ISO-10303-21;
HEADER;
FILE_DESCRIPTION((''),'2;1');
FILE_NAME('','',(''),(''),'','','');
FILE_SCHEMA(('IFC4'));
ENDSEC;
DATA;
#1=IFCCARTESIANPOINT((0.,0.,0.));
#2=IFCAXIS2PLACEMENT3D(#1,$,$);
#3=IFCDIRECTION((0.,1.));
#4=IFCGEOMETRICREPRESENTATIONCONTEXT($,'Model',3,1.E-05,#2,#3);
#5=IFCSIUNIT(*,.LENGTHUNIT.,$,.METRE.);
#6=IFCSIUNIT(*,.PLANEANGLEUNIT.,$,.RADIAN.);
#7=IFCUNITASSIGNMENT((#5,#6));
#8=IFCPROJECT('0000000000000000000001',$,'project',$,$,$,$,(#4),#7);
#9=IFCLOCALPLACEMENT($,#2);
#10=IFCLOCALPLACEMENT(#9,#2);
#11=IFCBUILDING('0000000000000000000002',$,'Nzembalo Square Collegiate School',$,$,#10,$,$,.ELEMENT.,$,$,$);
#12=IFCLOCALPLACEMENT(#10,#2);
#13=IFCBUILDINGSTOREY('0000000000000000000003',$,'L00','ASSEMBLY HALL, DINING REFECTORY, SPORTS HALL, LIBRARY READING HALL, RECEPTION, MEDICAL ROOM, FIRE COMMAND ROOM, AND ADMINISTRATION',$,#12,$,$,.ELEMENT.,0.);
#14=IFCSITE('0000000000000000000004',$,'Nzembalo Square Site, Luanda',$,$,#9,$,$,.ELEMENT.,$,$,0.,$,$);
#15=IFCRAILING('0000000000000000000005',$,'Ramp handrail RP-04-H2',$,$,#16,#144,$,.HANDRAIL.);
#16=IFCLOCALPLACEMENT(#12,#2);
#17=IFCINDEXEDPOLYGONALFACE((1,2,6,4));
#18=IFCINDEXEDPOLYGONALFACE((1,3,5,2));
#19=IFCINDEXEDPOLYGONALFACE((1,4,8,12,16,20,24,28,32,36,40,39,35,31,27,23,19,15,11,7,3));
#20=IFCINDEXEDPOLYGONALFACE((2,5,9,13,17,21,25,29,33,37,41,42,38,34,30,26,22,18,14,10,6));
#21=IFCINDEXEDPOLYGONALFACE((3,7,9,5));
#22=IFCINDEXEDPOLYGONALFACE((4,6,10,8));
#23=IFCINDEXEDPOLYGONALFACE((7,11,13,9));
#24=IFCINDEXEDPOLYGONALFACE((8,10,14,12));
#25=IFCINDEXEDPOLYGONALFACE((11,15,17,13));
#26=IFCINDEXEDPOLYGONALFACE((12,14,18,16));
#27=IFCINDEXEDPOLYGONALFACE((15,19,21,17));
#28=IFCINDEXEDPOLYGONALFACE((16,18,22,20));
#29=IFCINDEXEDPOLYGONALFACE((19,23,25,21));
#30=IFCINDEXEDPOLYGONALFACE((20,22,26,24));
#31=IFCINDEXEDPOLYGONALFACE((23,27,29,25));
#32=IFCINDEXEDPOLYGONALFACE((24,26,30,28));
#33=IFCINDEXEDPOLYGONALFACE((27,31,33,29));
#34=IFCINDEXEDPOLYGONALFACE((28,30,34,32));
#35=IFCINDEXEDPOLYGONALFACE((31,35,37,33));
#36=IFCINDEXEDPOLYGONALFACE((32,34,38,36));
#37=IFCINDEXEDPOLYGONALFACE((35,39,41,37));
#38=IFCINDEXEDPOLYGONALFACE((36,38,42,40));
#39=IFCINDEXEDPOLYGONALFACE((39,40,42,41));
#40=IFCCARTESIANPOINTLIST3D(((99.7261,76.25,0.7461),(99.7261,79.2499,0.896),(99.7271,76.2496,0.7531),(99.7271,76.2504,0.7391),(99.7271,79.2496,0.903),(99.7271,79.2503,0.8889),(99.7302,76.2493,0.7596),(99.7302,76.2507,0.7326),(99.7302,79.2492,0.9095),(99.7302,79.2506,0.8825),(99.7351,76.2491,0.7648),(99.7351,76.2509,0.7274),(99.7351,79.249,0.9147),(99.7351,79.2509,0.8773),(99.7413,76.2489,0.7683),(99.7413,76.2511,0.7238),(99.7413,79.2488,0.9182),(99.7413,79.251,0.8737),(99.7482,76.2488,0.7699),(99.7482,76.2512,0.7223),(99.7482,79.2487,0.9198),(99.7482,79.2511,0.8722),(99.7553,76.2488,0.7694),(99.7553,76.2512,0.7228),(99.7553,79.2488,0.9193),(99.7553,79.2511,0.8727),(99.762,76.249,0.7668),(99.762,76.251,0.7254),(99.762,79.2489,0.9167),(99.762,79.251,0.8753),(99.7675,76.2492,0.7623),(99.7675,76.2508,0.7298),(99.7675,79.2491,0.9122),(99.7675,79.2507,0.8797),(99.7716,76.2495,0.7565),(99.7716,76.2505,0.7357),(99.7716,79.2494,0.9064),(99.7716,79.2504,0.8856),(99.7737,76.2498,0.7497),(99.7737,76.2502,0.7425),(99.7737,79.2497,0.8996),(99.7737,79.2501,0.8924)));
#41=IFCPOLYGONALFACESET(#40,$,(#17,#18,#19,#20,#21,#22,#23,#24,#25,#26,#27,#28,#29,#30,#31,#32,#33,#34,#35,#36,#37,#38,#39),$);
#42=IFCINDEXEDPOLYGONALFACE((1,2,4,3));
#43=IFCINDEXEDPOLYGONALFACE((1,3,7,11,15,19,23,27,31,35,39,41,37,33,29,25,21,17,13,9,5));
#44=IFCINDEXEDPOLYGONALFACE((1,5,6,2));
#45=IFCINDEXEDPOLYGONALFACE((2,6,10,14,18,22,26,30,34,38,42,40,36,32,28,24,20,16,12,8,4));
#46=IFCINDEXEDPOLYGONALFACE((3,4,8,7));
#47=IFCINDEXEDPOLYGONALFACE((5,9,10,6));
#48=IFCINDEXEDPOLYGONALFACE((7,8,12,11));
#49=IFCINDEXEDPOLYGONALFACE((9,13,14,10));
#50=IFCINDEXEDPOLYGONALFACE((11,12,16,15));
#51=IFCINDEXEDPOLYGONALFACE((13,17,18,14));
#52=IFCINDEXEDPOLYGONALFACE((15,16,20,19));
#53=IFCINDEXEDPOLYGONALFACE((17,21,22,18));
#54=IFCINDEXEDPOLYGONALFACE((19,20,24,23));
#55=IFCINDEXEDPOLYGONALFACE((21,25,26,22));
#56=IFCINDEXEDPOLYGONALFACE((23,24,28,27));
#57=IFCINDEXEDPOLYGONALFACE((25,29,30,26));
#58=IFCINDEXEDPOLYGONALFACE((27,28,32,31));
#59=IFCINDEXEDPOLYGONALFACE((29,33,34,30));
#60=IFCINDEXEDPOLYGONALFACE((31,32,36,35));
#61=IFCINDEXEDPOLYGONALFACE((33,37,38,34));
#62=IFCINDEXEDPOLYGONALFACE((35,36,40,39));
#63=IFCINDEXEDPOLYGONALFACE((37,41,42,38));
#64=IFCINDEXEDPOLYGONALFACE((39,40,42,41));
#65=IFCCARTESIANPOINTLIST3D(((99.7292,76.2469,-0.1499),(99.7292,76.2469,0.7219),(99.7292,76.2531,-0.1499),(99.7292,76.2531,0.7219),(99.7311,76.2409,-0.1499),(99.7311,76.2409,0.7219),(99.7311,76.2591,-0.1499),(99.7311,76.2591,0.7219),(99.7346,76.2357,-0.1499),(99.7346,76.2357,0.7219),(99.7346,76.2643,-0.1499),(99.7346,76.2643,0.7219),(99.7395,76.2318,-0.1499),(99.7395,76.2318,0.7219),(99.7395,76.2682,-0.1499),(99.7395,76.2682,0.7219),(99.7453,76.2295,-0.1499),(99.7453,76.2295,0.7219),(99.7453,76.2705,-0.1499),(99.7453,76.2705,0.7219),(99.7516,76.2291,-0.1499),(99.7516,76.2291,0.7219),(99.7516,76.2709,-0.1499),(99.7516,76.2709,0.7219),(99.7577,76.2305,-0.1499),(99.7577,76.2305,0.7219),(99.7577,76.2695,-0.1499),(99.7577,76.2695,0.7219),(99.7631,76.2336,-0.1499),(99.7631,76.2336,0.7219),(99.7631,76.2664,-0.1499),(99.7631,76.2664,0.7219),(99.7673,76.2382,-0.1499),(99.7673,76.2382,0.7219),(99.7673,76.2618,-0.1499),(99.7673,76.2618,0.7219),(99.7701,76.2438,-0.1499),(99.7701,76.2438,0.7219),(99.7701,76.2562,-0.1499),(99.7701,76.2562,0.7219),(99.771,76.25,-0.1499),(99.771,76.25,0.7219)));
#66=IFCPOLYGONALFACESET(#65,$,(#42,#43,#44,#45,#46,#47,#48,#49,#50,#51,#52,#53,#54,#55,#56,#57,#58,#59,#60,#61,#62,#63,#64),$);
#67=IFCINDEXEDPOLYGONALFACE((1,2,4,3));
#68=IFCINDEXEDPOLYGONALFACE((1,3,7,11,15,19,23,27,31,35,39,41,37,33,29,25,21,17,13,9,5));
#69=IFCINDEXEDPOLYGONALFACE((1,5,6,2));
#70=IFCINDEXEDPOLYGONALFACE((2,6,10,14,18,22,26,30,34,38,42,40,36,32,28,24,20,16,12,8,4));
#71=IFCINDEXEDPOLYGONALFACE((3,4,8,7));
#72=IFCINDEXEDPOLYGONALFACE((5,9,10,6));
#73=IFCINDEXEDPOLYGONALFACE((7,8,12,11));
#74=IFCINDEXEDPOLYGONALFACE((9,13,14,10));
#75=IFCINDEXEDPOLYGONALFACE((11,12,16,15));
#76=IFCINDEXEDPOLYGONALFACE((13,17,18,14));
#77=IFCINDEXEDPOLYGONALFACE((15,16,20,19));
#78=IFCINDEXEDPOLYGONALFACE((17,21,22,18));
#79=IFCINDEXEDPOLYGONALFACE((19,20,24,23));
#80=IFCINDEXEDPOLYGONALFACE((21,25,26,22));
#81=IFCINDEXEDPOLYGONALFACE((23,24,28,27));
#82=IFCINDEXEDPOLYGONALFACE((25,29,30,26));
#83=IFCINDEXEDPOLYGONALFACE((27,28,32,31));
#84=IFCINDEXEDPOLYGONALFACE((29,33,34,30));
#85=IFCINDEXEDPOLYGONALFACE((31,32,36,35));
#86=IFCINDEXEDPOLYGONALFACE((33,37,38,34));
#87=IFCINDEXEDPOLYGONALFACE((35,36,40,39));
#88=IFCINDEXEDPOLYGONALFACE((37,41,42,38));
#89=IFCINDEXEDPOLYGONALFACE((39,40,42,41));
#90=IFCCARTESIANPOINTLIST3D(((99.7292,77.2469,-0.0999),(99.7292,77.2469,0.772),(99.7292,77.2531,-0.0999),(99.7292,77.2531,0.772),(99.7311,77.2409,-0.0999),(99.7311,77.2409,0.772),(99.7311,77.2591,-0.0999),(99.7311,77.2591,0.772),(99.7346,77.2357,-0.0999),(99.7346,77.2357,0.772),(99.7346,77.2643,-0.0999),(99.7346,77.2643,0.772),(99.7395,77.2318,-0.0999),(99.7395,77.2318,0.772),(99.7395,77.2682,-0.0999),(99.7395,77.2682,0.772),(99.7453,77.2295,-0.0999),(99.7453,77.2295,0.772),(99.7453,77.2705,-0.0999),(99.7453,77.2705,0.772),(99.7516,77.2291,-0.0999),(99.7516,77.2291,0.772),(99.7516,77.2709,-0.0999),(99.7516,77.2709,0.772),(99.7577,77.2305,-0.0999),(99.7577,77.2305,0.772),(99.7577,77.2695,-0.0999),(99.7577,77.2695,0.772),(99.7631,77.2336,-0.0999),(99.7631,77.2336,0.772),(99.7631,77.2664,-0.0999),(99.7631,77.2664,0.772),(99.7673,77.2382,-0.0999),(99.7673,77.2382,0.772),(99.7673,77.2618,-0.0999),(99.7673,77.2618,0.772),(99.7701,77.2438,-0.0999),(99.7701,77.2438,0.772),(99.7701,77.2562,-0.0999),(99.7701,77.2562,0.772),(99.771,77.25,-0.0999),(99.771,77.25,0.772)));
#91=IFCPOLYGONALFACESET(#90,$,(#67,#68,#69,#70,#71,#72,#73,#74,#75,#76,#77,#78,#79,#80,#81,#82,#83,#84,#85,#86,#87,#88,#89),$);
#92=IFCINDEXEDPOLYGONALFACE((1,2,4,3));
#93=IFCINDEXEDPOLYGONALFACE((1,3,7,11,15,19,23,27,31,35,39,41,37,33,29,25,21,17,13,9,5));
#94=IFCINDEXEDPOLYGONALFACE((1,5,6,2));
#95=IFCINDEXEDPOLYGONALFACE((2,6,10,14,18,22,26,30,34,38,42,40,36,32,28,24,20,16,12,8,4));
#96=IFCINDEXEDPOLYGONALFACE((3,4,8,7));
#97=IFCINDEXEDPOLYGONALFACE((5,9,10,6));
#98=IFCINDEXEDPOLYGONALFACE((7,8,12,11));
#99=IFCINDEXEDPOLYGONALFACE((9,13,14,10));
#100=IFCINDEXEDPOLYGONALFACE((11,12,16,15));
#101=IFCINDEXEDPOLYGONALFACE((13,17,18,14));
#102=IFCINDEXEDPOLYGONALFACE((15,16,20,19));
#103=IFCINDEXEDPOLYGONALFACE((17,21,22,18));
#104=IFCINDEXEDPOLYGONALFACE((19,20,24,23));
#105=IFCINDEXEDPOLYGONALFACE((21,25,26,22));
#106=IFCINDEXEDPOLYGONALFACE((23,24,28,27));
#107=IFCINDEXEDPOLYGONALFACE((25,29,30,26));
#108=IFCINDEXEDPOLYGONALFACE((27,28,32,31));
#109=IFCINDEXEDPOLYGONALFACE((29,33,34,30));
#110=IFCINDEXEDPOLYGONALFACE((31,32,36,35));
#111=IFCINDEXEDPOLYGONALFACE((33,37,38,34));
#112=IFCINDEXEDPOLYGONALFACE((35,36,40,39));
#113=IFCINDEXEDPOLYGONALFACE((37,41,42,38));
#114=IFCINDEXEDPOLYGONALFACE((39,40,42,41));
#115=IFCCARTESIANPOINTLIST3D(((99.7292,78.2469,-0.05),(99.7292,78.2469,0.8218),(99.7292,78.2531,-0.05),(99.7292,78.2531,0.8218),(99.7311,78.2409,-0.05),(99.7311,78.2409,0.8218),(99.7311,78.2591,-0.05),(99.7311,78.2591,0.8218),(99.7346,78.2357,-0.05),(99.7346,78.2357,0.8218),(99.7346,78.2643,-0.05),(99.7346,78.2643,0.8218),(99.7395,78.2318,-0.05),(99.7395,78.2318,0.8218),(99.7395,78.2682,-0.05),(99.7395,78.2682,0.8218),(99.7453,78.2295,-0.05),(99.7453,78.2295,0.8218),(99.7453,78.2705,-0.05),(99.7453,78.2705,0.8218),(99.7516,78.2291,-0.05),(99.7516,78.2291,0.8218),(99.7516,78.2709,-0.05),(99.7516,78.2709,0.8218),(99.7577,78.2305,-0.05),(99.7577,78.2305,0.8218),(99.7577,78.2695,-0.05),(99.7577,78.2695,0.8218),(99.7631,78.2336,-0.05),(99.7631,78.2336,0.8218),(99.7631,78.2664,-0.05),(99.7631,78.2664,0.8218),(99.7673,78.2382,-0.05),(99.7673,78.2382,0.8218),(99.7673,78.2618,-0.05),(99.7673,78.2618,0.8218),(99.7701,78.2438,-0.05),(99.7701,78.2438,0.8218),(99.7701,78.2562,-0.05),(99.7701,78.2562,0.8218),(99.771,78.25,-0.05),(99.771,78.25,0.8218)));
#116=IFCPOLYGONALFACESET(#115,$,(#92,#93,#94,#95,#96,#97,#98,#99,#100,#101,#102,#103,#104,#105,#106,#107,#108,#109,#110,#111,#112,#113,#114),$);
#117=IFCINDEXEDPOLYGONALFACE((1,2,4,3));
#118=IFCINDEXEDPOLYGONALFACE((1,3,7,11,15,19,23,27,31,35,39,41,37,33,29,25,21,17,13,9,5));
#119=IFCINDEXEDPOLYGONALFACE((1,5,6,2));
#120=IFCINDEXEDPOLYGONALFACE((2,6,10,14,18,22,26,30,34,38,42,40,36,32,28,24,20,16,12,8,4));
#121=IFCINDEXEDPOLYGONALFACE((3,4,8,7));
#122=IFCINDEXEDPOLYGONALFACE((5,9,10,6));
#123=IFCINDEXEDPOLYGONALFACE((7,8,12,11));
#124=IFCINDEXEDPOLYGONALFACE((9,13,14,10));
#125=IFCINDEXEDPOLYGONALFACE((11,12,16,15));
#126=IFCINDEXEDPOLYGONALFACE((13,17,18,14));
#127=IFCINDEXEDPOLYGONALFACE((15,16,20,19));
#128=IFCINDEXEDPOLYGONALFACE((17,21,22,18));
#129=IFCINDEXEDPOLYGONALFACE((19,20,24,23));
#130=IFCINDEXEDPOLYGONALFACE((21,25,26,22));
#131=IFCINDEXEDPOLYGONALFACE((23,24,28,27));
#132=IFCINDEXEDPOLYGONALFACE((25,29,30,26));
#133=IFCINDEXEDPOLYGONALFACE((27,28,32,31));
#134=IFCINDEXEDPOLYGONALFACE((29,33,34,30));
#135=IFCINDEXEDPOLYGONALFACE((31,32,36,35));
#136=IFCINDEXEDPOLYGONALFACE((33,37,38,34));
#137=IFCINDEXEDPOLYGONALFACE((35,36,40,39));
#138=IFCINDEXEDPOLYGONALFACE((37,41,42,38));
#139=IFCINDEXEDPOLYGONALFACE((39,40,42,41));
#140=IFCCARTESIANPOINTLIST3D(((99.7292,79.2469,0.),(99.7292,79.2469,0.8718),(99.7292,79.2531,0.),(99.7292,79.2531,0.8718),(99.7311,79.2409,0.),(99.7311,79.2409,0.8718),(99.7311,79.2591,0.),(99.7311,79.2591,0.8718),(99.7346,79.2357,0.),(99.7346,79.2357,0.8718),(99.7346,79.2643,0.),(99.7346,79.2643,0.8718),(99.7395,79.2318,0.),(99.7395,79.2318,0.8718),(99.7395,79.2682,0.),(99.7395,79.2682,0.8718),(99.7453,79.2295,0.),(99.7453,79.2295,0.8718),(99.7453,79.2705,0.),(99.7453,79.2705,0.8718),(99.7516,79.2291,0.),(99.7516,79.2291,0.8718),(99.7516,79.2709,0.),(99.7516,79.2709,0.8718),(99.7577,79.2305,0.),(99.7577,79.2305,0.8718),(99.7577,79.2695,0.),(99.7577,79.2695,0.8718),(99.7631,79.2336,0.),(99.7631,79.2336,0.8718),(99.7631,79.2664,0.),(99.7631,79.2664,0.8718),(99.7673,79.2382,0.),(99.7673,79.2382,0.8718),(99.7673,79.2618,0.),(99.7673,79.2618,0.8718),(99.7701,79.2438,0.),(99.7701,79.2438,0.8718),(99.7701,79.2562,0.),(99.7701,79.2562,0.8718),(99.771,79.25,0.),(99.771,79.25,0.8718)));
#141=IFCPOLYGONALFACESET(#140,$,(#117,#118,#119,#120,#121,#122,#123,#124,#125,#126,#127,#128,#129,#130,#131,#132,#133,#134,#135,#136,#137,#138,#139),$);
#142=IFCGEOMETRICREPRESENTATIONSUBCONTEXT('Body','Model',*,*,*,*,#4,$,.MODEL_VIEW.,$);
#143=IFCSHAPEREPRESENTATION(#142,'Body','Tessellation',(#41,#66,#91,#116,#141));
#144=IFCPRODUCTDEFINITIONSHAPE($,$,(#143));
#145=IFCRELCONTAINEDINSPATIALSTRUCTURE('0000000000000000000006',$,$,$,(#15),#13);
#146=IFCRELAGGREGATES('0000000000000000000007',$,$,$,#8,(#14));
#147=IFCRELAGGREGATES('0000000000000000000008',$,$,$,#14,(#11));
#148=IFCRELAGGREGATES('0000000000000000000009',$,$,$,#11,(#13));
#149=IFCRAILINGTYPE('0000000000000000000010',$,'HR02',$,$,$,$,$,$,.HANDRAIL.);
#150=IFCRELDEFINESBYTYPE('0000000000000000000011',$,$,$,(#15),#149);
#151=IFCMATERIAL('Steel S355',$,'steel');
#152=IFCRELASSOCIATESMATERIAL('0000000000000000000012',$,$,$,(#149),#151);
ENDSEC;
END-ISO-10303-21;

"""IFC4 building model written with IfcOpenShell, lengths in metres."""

from ifc_helpers import new_model, si_unit, direction, frame, origin, origin_2d, place, context, subcontext, project, spatial, circle, extrude, material, type_object, element, save


model = new_model("IFC4")

# Units and contexts
model_context = context("Model", 3, precision=1e-05, world=origin(), true_north=direction((0.0, 1.0)))
body_context = subcontext(model_context, "Body", "Model", "MODEL_VIEW")
ifc_project = project(units=[si_unit("LENGTHUNIT", "METRE"), si_unit("PLANEANGLEUNIT", "RADIAN")], contexts=[model_context])

# Site, building, storey
site_placement = place(None, origin())
site = spatial("IfcSite", under=ifc_project, at=site_placement, Name="Nzembalo Square Site, Luanda", CompositionType="ELEMENT", RefElevation=0.0)
building_placement = place(site_placement, origin())
building = spatial("IfcBuilding", under=site, at=building_placement, Name="Nzembalo Square Collegiate School", CompositionType="ELEMENT")
storey_placement = place(building_placement, origin())
storey = spatial("IfcBuildingStorey", under=building, at=storey_placement, Name="L00", Description="ASSEMBLY HALL, DINING REFECTORY, SPORTS HALL, LIBRARY READING HALL, RECEPTION, MEDICAL ROOM, FIRE COMMAND ROOM, AND ADMINISTRATION", CompositionType="ELEMENT", Elevation=0.0)

# Railing
ifc_material_1 = material(Name="Steel S355", Category="steel")
railing_type = type_object("IfcRailingType", Name="HR02", PredefinedType="HANDRAIL", material=ifc_material_1)
for number, where, name in (
    (1, (99.75, 76.25, -0.1499), "Ramp handrail RP-04-H2"),
):
    element("IfcRailing", number, at=place(storey_placement, frame(where)), inside=storey, type_object=railing_type, Name=name, PredefinedType="HANDRAIL", context=body_context, shape_type="SweptSolid", body=[
        extrude(circle(Radius=0.0239, at=origin_2d()), frame((0.0, 0.0, 0.896), z_axis=(0.0, 0.998754, 0.049905), x_axis=(-1.0, 0.0, 0.0)), (0.0, 0.0, 1.0), 3.0037),
        extrude(circle(Radius=0.021, at=origin_2d()), origin(), (0.0, 0.0, 1.0), 0.8718),
        extrude(circle(Radius=0.021, at=origin_2d()), frame((0.0, 1.0, 0.05)), (0.0, 0.0, 1.0), 0.8718),
        extrude(circle(Radius=0.021, at=origin_2d()), frame((0.0, 2.0, 0.0999)), (0.0, 0.0, 1.0), 0.8718),
        extrude(circle(Radius=0.021, at=origin_2d()), frame((0.0, 3.0, 0.1499)), (0.0, 0.0, 1.0), 0.8718),
    ])

save(model, "model.ifc")
